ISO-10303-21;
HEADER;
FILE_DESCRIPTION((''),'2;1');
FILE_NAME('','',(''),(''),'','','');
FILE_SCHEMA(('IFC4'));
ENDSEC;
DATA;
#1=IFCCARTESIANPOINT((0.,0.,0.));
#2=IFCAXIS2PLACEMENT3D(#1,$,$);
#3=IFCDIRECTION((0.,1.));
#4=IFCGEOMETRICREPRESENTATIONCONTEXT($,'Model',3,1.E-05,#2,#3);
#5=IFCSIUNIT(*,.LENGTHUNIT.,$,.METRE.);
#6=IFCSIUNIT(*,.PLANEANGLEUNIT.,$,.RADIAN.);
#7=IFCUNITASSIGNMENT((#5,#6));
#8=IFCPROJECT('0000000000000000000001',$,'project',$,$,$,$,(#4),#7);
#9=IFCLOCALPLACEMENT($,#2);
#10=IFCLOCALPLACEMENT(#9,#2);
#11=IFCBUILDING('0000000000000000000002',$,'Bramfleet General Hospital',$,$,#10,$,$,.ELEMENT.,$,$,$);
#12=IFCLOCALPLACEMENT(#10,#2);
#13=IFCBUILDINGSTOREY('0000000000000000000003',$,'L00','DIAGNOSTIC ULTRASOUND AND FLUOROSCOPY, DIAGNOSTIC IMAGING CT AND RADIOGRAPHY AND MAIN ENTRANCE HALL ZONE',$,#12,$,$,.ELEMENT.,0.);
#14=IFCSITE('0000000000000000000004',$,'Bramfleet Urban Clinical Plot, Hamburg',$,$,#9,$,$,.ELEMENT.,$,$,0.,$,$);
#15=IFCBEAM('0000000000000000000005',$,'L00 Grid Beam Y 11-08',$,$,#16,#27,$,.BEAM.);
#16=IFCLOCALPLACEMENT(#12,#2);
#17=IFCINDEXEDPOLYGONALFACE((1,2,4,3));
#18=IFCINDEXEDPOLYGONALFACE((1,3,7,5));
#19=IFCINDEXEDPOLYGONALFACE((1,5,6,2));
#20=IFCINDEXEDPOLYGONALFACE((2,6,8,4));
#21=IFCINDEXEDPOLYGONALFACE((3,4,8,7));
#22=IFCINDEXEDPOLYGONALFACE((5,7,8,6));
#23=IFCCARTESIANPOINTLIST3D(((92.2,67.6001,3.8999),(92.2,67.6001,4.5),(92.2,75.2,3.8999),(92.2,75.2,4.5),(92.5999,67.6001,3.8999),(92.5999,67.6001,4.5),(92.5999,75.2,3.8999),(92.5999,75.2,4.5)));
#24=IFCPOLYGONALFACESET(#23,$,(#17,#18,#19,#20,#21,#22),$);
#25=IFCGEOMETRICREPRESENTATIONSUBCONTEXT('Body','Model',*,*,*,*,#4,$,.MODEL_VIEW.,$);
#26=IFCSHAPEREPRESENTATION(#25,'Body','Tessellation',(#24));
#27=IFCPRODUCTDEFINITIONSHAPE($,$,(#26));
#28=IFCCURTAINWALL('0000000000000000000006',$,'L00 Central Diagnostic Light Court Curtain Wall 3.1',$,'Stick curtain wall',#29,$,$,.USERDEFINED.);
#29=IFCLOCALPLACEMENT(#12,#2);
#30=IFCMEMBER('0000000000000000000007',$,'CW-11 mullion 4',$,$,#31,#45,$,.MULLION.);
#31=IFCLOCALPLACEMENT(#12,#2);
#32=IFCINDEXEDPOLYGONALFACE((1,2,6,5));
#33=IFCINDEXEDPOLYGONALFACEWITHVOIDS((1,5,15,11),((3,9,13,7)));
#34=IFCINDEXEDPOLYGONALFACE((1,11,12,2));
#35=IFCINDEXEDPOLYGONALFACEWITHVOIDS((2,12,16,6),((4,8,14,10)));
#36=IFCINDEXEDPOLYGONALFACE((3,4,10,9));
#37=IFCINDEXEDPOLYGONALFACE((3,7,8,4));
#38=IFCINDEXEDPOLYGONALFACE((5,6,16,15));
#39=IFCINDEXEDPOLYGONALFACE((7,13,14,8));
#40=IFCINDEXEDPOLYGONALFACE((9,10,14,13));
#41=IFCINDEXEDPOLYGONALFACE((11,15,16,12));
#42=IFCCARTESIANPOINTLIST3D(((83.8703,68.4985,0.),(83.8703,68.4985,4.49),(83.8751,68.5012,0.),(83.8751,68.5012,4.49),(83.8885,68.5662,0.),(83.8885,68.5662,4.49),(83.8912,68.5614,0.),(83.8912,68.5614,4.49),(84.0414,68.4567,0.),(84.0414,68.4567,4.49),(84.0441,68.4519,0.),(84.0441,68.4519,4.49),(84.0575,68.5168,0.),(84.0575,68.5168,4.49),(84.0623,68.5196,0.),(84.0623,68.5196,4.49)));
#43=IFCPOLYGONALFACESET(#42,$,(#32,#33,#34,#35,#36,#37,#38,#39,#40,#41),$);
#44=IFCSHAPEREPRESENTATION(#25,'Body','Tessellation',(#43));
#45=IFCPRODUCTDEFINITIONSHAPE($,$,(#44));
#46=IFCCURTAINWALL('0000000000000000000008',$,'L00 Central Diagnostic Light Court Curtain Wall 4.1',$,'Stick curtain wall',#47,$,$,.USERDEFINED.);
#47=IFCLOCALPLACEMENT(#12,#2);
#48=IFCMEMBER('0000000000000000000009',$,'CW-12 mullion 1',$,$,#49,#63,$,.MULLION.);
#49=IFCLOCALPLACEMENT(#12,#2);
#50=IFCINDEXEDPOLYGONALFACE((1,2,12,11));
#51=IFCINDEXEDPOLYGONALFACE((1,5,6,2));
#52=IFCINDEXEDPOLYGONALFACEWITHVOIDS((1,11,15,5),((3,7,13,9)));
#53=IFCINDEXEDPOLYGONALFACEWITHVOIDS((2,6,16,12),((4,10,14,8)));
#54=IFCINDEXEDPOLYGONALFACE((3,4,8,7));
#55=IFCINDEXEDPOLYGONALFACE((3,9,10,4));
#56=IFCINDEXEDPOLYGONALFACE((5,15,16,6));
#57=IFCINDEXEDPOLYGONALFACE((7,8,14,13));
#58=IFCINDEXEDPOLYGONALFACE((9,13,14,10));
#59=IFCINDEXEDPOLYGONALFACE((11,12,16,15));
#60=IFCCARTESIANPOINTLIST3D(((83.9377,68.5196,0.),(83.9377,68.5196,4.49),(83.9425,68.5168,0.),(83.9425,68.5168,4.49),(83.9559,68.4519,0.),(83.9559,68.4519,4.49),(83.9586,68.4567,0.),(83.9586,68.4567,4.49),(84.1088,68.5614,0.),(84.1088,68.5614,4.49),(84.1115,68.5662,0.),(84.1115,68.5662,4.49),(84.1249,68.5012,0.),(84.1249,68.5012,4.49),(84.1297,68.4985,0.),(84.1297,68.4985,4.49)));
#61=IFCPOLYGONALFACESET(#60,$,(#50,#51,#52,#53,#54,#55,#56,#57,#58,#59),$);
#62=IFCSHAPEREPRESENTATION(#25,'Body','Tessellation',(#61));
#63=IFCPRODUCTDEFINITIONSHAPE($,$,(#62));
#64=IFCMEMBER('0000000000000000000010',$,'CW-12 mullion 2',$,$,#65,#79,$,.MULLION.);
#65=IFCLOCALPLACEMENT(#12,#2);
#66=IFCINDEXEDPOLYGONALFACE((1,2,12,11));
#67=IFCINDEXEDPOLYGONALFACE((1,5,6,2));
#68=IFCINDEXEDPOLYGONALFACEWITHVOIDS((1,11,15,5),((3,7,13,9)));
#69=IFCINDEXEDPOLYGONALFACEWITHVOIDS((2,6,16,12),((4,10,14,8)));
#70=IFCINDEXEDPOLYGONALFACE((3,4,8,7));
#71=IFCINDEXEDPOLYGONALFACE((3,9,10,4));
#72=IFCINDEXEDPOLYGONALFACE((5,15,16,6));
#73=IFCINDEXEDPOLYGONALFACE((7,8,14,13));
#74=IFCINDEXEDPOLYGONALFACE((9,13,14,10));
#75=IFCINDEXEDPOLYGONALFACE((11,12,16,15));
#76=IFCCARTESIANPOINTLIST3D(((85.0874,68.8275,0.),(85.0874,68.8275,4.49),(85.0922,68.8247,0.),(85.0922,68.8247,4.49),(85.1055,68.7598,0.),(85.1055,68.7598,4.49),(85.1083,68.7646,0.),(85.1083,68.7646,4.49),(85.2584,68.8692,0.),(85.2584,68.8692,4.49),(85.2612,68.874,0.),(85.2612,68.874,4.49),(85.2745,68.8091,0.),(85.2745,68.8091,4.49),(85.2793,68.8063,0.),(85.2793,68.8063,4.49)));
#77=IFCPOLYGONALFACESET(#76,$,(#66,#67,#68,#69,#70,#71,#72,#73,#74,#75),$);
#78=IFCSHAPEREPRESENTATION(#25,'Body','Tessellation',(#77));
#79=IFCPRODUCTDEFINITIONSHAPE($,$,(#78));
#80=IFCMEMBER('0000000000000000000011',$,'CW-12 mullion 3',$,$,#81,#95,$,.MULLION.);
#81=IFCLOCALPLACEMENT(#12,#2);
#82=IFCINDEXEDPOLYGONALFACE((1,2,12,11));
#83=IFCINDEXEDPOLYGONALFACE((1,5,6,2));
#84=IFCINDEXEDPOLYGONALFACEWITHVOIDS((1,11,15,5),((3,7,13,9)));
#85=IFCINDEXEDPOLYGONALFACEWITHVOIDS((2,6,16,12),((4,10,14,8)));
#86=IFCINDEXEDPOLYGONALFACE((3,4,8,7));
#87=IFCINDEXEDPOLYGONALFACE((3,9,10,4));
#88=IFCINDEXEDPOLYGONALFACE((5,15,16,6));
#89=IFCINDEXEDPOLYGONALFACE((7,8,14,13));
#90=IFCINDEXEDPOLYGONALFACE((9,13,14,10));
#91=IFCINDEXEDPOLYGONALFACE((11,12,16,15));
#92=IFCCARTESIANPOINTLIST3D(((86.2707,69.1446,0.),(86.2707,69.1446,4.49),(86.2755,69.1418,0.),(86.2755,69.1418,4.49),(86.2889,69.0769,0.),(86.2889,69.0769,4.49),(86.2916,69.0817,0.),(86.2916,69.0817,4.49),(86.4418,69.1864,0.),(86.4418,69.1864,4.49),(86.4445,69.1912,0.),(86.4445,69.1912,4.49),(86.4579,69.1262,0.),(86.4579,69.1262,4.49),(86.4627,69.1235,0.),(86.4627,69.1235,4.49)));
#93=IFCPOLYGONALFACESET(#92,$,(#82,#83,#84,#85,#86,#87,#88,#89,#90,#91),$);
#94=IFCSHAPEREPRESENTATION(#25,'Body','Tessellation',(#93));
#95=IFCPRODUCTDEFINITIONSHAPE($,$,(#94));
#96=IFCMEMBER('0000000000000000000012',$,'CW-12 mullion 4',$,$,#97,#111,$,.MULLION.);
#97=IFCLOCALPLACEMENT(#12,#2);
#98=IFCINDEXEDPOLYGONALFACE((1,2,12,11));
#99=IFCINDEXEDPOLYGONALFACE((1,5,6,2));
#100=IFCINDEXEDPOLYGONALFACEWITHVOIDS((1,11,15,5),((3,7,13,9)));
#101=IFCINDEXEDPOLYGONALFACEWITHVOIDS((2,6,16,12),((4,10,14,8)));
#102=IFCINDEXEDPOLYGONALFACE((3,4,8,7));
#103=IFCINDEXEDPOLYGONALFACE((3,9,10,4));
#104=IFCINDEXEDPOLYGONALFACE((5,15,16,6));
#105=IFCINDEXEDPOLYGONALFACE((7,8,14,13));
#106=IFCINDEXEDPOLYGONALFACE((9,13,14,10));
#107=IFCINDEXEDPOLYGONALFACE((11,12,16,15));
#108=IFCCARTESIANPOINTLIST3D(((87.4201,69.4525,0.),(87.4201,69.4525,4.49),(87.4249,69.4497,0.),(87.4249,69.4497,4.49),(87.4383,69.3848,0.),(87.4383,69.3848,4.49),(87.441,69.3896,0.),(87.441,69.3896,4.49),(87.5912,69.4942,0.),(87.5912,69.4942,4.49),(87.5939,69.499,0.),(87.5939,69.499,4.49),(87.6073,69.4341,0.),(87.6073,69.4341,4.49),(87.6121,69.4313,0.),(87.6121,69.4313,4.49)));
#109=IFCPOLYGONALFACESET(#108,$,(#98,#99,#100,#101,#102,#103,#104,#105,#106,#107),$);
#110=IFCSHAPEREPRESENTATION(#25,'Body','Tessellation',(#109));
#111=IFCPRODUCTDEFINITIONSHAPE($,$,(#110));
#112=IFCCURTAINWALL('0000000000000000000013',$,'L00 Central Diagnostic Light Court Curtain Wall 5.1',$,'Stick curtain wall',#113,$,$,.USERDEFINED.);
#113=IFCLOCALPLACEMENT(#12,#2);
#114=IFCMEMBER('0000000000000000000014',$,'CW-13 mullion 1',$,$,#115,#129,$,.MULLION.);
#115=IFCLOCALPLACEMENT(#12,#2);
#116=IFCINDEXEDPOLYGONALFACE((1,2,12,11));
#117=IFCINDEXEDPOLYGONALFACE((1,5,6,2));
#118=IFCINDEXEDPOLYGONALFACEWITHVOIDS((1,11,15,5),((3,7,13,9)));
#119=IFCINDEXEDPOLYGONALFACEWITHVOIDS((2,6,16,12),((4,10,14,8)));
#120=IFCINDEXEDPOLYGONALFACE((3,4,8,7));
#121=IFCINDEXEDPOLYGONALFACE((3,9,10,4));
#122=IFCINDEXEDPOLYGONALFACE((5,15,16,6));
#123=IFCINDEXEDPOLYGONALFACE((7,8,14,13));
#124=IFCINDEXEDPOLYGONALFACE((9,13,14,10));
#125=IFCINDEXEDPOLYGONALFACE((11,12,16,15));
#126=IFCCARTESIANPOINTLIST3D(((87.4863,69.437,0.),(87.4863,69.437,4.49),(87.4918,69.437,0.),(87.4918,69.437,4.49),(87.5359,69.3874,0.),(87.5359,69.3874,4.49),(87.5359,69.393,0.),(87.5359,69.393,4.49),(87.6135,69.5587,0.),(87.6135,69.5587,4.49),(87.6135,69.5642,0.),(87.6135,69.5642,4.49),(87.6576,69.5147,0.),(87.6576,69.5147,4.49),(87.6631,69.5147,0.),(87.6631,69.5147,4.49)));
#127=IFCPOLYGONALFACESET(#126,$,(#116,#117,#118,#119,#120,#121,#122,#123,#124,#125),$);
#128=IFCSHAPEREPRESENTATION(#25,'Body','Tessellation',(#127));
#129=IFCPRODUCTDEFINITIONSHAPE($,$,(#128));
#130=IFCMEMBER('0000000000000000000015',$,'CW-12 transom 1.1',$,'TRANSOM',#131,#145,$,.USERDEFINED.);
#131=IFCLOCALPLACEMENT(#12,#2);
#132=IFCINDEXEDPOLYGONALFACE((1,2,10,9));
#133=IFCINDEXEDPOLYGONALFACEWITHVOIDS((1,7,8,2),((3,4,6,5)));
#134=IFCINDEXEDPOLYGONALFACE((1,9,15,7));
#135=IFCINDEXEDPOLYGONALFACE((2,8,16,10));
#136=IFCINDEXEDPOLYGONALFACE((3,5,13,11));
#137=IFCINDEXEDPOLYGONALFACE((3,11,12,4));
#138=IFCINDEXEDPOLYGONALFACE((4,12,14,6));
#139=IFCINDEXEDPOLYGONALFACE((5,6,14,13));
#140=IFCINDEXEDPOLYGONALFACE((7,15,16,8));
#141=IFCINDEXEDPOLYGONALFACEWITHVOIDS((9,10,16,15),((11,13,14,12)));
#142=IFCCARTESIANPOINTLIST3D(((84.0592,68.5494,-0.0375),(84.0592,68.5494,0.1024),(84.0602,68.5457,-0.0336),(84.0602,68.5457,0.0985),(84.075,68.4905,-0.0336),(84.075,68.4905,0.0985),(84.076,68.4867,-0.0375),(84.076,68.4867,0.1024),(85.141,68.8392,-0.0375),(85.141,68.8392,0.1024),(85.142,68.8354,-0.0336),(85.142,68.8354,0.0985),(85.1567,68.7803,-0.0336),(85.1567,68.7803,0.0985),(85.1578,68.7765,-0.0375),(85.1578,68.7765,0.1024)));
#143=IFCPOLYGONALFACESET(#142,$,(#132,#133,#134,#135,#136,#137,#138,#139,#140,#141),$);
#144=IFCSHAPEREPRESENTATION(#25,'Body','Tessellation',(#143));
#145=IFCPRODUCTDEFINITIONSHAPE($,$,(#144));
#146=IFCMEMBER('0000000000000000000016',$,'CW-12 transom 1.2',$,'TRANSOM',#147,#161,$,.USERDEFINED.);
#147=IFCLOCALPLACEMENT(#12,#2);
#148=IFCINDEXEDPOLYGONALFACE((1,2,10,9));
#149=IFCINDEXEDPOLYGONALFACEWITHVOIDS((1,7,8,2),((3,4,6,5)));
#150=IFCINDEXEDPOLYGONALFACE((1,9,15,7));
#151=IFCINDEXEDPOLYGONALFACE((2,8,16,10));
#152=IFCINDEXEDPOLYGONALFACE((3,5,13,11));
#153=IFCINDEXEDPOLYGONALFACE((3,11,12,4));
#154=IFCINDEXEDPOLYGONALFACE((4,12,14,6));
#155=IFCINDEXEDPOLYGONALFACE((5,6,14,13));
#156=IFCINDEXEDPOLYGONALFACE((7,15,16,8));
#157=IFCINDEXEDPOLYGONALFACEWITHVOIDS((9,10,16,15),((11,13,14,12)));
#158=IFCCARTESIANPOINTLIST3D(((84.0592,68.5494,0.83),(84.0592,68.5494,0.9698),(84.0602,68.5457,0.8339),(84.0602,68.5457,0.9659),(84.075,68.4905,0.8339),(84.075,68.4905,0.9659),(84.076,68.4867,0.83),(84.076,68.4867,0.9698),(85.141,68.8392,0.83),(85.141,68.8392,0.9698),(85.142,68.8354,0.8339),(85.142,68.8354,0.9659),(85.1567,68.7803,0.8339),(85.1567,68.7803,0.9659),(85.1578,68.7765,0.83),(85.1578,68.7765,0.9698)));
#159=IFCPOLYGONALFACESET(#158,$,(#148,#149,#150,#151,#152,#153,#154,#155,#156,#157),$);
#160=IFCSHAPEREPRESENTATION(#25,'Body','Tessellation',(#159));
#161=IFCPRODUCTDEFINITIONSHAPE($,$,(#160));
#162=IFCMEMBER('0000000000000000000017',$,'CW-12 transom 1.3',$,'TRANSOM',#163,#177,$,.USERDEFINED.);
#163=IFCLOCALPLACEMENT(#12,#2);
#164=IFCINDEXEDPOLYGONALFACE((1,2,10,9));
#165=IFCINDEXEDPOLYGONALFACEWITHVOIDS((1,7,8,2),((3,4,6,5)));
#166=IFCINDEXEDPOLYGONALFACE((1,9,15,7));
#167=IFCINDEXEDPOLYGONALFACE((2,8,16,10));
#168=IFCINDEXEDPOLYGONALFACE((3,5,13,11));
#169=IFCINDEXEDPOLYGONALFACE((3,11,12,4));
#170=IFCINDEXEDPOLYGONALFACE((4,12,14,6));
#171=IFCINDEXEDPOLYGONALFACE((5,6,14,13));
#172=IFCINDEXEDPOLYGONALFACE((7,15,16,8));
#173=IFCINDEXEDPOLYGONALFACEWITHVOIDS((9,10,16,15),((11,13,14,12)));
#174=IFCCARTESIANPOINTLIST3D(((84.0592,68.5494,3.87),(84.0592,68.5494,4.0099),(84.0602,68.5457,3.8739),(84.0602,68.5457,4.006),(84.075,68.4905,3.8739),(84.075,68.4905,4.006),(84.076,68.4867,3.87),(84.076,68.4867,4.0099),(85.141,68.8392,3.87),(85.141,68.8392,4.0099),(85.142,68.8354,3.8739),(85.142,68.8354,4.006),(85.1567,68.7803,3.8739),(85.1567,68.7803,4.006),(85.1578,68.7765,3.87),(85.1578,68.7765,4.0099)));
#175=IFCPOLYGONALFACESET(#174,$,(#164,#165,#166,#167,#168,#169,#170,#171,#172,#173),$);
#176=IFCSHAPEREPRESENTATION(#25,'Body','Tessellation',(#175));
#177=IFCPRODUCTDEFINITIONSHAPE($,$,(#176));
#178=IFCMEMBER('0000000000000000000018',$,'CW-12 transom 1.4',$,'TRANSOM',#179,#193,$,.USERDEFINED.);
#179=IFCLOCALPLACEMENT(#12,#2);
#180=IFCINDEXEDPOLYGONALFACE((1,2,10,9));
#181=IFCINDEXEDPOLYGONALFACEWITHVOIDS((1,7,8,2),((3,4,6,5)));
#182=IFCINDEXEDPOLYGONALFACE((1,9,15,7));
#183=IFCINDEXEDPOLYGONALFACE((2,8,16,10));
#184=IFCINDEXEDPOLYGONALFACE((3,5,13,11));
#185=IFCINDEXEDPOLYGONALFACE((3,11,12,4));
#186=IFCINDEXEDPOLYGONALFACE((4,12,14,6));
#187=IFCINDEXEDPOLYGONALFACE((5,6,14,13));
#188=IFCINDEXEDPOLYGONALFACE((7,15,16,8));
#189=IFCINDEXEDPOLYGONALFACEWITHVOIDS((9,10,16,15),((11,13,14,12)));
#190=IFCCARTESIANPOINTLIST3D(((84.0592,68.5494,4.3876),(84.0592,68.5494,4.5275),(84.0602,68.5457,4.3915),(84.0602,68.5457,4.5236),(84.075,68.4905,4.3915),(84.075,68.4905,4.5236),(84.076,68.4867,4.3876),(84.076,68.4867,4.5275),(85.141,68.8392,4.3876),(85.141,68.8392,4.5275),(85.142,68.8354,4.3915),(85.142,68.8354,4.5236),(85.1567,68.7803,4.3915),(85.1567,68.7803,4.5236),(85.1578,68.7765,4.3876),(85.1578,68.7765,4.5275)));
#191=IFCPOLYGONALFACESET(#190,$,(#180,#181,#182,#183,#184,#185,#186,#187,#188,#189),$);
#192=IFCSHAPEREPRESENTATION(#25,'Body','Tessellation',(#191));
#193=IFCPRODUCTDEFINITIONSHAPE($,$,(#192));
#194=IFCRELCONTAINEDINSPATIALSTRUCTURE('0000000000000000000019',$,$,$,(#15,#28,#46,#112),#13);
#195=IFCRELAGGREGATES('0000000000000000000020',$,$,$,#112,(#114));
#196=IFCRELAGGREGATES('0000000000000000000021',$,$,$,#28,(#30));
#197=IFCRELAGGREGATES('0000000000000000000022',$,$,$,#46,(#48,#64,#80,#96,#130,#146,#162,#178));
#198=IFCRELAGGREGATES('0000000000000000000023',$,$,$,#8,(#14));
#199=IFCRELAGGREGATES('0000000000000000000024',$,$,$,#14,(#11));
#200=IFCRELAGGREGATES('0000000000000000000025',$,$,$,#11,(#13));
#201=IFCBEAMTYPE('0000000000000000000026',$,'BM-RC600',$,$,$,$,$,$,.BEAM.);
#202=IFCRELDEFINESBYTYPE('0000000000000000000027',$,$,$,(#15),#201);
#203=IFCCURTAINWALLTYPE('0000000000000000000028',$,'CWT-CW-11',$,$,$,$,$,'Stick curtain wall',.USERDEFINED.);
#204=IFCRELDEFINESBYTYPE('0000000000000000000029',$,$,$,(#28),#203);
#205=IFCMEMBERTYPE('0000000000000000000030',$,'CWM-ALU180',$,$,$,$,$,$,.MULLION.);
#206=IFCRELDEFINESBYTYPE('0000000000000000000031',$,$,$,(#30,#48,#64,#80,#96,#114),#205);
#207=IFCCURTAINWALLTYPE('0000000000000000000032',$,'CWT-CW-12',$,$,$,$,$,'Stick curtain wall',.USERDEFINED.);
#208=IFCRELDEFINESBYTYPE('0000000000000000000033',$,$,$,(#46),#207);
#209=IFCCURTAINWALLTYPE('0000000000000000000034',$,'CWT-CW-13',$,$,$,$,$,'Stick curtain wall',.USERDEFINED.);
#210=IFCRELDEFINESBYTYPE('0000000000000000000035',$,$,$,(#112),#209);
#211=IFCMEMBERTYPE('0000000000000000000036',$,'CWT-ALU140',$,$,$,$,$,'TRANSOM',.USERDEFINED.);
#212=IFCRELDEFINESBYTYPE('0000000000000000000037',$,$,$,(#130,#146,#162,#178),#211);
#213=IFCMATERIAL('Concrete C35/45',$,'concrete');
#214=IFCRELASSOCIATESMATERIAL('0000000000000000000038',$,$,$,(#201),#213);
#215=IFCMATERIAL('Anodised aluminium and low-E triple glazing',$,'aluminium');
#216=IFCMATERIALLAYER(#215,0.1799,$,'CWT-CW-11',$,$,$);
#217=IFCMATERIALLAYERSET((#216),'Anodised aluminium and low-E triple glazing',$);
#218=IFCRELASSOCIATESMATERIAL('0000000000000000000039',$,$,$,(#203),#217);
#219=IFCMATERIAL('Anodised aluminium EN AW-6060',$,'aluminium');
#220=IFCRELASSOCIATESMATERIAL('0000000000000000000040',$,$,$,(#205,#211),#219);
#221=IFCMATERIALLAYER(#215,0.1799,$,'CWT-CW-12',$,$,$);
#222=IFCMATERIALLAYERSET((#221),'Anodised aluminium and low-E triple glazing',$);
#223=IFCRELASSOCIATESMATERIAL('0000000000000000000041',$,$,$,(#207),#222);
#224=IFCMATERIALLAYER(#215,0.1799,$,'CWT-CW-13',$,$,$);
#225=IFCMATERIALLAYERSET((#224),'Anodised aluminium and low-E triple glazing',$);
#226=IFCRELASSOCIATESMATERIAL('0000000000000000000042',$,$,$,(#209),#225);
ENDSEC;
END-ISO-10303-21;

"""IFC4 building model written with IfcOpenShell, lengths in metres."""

from ifc_helpers import new_model, si_unit, direction, frame, origin, origin_2d, place, context, subcontext, project, spatial, rectangle, hollow_rectangle, extrude, material, layer, layer_set, material_profile, profile_set, type_object, element, aggregate, save


model = new_model("IFC4")

# Units and contexts
model_context = context("Model", 3, precision=1e-05, world=origin(), true_north=direction((0.0, 1.0)))
body_context = subcontext(model_context, "Body", "Model", "MODEL_VIEW")
ifc_project = project(units=[si_unit("LENGTHUNIT", "METRE"), si_unit("PLANEANGLEUNIT", "RADIAN")], contexts=[model_context])

# Site, building, storey
site_placement = place(None, origin())
site = spatial("IfcSite", under=ifc_project, at=site_placement, Name="Bramfleet Urban Clinical Plot, Hamburg", CompositionType="ELEMENT", RefElevation=0.0)
building_placement = place(site_placement, origin())
building = spatial("IfcBuilding", under=site, at=building_placement, Name="Bramfleet General Hospital", CompositionType="ELEMENT")
storey_placement = place(building_placement, origin())
storey = spatial("IfcBuildingStorey", under=building, at=storey_placement, Name="L00", Description="DIAGNOSTIC ULTRASOUND AND FLUOROSCOPY, DIAGNOSTIC IMAGING CT AND RADIOGRAPHY AND MAIN ENTRANCE HALL ZONE", CompositionType="ELEMENT", Elevation=0.0)

# Beam
ifc_material_1 = material(Name="Concrete C35/45", Category="concrete")
ifc_material_profile_1 = material_profile(ifc_material_1, rectangle(XDim=0.3999, YDim=0.6001, at=origin_2d()), Name="RC BM 600x400")
ifc_profile_set_1 = profile_set([ifc_material_profile_1], Name="Concrete C35/45")
beam_type = type_object("IfcBeamType", Name="BM-RC600", PredefinedType="BEAM", material=ifc_profile_set_1)
beam_placement = place(storey_placement, frame((92.3999, 67.6001, 4.2), z_axis=(0.0, 1.0, 0.0), x_axis=(-1.0, 0.0, 0.0)))
element("IfcBeam", 1, at=beam_placement, inside=storey, type_object=beam_type, Name="L00 Grid Beam Y 11-08", PredefinedType="BEAM", context=body_context, shape_type="SweptSolid", body=[
    extrude(rectangle(XDim=0.3999, YDim=0.6001, at=origin_2d()), origin(), (0.0, 0.0, 1.0), 7.5999),
])

# Curtain wall, member
ifc_material_2 = material(Name="Anodised aluminium and low-E triple glazing", Category="aluminium")
ifc_layer_1 = layer(ifc_material_2, 0.1799, Name="CWT-CW-11")
ifc_layer_set_1 = layer_set([ifc_layer_1], Name="Anodised aluminium and low-E triple glazing")
curtain_wall_type_1 = type_object("IfcCurtainWallType", Name="CWT-CW-11", ElementType="Stick curtain wall", PredefinedType="USERDEFINED", material=ifc_layer_set_1)
curtain_wall_1_placement = place(storey_placement, origin())
curtain_wall_1 = element("IfcCurtainWall", 2, at=curtain_wall_1_placement, inside=storey, type_object=curtain_wall_type_1, Name="L00 Central Diagnostic Light Court Curtain Wall 3.1", ObjectType="Stick curtain wall", PredefinedType="USERDEFINED")
ifc_material_3 = material(Name="Anodised aluminium EN AW-6060", Category="aluminium")
ifc_material_profile_2 = material_profile(ifc_material_3, hollow_rectangle(XDim=0.0701, YDim=0.1799, WallThickness=0.0039, at=origin_2d()), Name="ALU 180x70x4.0")
ifc_profile_set_2 = profile_set([ifc_material_profile_2], Name="Anodised aluminium EN AW-6060")
member_type_1 = type_object("IfcMemberType", Name="CWM-ALU180", PredefinedType="MULLION", material=ifc_profile_set_2)
member_1_placement = place(storey_placement, frame((83.9663, 68.509, 0.0), z_axis=(0.0, 0.0, 1.0), x_axis=(0.258763, 0.965941, 0.0)))
member_1 = element("IfcMember", 3, at=member_1_placement, type_object=member_type_1, Name="CW-11 mullion 4", PredefinedType="MULLION", context=body_context, shape_type="SweptSolid", body=[
    extrude(hollow_rectangle(XDim=0.0701, YDim=0.1799, WallThickness=0.0039, at=origin_2d()), origin(), (0.0, 0.0, 1.0), 4.49),
])

# Curtain wall, members
ifc_layer_2 = layer(ifc_material_2, 0.1799, Name="CWT-CW-12")
ifc_layer_set_2 = layer_set([ifc_layer_2], Name="Anodised aluminium and low-E triple glazing")
curtain_wall_type_2 = type_object("IfcCurtainWallType", Name="CWT-CW-12", ElementType="Stick curtain wall", PredefinedType="USERDEFINED", material=ifc_layer_set_2)
curtain_wall_2_placement = place(storey_placement, origin())
curtain_wall_2 = element("IfcCurtainWall", 4, at=curtain_wall_2_placement, inside=storey, type_object=curtain_wall_type_2, Name="L00 Central Diagnostic Light Court Curtain Wall 4.1", ObjectType="Stick curtain wall", PredefinedType="USERDEFINED")
member_2_placement = place(storey_placement, frame((84.0337, 68.509, 0.0), z_axis=(0.0, 0.0, 1.0), x_axis=(-0.258763, 0.965941, 0.0)))
member_2 = element("IfcMember", 5, at=member_2_placement, type_object=member_type_1, Name="CW-12 mullion 1", PredefinedType="MULLION", context=body_context, shape_type="SweptSolid", body=[
    extrude(hollow_rectangle(XDim=0.0701, YDim=0.1799, WallThickness=0.0039, at=origin_2d()), origin(), (0.0, 0.0, 1.0), 4.49),
])
member_3_placement = place(storey_placement, frame((85.1833, 68.8169, 0.0), z_axis=(0.0, 0.0, 1.0), x_axis=(-0.258763, 0.965941, 0.0)))
member_3 = element("IfcMember", 6, at=member_3_placement, type_object=member_type_1, Name="CW-12 mullion 2", PredefinedType="MULLION", context=body_context, shape_type="SweptSolid", body=[
    extrude(hollow_rectangle(XDim=0.0701, YDim=0.1799, WallThickness=0.0039, at=origin_2d()), origin(), (0.0, 0.0, 1.0), 4.49),
])
member_4_placement = place(storey_placement, frame((86.3667, 69.134, 0.0), z_axis=(0.0, 0.0, 1.0), x_axis=(-0.258763, 0.965941, 0.0)))
member_4 = element("IfcMember", 7, at=member_4_placement, type_object=member_type_1, Name="CW-12 mullion 3", PredefinedType="MULLION", context=body_context, shape_type="SweptSolid", body=[
    extrude(hollow_rectangle(XDim=0.0701, YDim=0.1799, WallThickness=0.0039, at=origin_2d()), origin(), (0.0, 0.0, 1.0), 4.49),
])
member_5_placement = place(storey_placement, frame((87.5161, 69.4419, 0.0), z_axis=(0.0, 0.0, 1.0), x_axis=(-0.258763, 0.965941, 0.0)))
member_5 = element("IfcMember", 8, at=member_5_placement, type_object=member_type_1, Name="CW-12 mullion 4", PredefinedType="MULLION", context=body_context, shape_type="SweptSolid", body=[
    extrude(hollow_rectangle(XDim=0.0701, YDim=0.1799, WallThickness=0.0039, at=origin_2d()), origin(), (0.0, 0.0, 1.0), 4.49),
])

# Curtain wall, member
ifc_layer_3 = layer(ifc_material_2, 0.1799, Name="CWT-CW-13")
ifc_layer_set_3 = layer_set([ifc_layer_3], Name="Anodised aluminium and low-E triple glazing")
curtain_wall_type_3 = type_object("IfcCurtainWallType", Name="CWT-CW-13", ElementType="Stick curtain wall", PredefinedType="USERDEFINED", material=ifc_layer_set_3)
curtain_wall_3_placement = place(storey_placement, origin())
curtain_wall_3 = element("IfcCurtainWall", 9, at=curtain_wall_3_placement, inside=storey, type_object=curtain_wall_type_3, Name="L00 Central Diagnostic Light Court Curtain Wall 5.1", ObjectType="Stick curtain wall", PredefinedType="USERDEFINED")
member_6_placement = place(storey_placement, frame((87.5747, 69.4758, 0.0), z_axis=(0.0, 0.0, 1.0), x_axis=(-0.707107, 0.707107, 0.0)))
member_6 = element("IfcMember", 10, at=member_6_placement, type_object=member_type_1, Name="CW-13 mullion 1", PredefinedType="MULLION", context=body_context, shape_type="SweptSolid", body=[
    extrude(hollow_rectangle(XDim=0.0701, YDim=0.1799, WallThickness=0.0039, at=origin_2d()), origin(), (0.0, 0.0, 1.0), 4.49),
])

# Members
ifc_material_profile_3 = material_profile(ifc_material_3, hollow_rectangle(XDim=0.0649, YDim=0.1399, WallThickness=0.0039, at=origin_2d()), Name="ALU 140x65x4.0")
ifc_profile_set_3 = profile_set([ifc_material_profile_3], Name="Anodised aluminium EN AW-6060")
member_type_2 = type_object("IfcMemberType", Name="CWT-ALU140", ElementType="TRANSOM", PredefinedType="USERDEFINED", material=ifc_profile_set_3)
member_7_placement = place(storey_placement, frame((84.0676, 68.5181, 0.0325), z_axis=(0.965941, 0.258762, 0.0), x_axis=(-0.258762, 0.965941, 0.0)))
member_7 = element("IfcMember", 11, at=member_7_placement, type_object=member_type_2, Name="CW-12 transom 1.1", ObjectType="TRANSOM", PredefinedType="USERDEFINED", context=body_context, shape_type="SweptSolid", body=[
    extrude(hollow_rectangle(XDim=0.0649, YDim=0.1399, WallThickness=0.0039, at=origin_2d()), origin(), (0.0, 0.0, 1.0), 1.1199),
])
member_8_placement = place(storey_placement, frame((84.0676, 68.5181, 0.8999), z_axis=(0.965941, 0.258762, 0.0), x_axis=(-0.258762, 0.965941, 0.0)))
member_8 = element("IfcMember", 12, at=member_8_placement, type_object=member_type_2, Name="CW-12 transom 1.2", ObjectType="TRANSOM", PredefinedType="USERDEFINED", context=body_context, shape_type="SweptSolid", body=[
    extrude(hollow_rectangle(XDim=0.0649, YDim=0.1399, WallThickness=0.0039, at=origin_2d()), origin(), (0.0, 0.0, 1.0), 1.1199),
])
member_9_placement = place(storey_placement, frame((84.0676, 68.5181, 3.9399), z_axis=(0.965941, 0.258762, 0.0), x_axis=(-0.258762, 0.965941, 0.0)))
member_9 = element("IfcMember", 13, at=member_9_placement, type_object=member_type_2, Name="CW-12 transom 1.3", ObjectType="TRANSOM", PredefinedType="USERDEFINED", context=body_context, shape_type="SweptSolid", body=[
    extrude(hollow_rectangle(XDim=0.0649, YDim=0.1399, WallThickness=0.0039, at=origin_2d()), origin(), (0.0, 0.0, 1.0), 1.1199),
])
member_10_placement = place(storey_placement, frame((84.0676, 68.5181, 4.4575), z_axis=(0.965941, 0.258762, 0.0), x_axis=(-0.258762, 0.965941, 0.0)))
member_10 = element("IfcMember", 14, at=member_10_placement, type_object=member_type_2, Name="CW-12 transom 1.4", ObjectType="TRANSOM", PredefinedType="USERDEFINED", context=body_context, shape_type="SweptSolid", body=[
    extrude(hollow_rectangle(XDim=0.0649, YDim=0.1399, WallThickness=0.0039, at=origin_2d()), origin(), (0.0, 0.0, 1.0), 1.1199),
])
aggregate(curtain_wall_3, [member_6])

aggregate(curtain_wall_1, [member_1])
aggregate(curtain_wall_2, [member_2, member_3, member_4, member_5, member_7, member_8, member_9, member_10])

save(model, "model.ifc")
